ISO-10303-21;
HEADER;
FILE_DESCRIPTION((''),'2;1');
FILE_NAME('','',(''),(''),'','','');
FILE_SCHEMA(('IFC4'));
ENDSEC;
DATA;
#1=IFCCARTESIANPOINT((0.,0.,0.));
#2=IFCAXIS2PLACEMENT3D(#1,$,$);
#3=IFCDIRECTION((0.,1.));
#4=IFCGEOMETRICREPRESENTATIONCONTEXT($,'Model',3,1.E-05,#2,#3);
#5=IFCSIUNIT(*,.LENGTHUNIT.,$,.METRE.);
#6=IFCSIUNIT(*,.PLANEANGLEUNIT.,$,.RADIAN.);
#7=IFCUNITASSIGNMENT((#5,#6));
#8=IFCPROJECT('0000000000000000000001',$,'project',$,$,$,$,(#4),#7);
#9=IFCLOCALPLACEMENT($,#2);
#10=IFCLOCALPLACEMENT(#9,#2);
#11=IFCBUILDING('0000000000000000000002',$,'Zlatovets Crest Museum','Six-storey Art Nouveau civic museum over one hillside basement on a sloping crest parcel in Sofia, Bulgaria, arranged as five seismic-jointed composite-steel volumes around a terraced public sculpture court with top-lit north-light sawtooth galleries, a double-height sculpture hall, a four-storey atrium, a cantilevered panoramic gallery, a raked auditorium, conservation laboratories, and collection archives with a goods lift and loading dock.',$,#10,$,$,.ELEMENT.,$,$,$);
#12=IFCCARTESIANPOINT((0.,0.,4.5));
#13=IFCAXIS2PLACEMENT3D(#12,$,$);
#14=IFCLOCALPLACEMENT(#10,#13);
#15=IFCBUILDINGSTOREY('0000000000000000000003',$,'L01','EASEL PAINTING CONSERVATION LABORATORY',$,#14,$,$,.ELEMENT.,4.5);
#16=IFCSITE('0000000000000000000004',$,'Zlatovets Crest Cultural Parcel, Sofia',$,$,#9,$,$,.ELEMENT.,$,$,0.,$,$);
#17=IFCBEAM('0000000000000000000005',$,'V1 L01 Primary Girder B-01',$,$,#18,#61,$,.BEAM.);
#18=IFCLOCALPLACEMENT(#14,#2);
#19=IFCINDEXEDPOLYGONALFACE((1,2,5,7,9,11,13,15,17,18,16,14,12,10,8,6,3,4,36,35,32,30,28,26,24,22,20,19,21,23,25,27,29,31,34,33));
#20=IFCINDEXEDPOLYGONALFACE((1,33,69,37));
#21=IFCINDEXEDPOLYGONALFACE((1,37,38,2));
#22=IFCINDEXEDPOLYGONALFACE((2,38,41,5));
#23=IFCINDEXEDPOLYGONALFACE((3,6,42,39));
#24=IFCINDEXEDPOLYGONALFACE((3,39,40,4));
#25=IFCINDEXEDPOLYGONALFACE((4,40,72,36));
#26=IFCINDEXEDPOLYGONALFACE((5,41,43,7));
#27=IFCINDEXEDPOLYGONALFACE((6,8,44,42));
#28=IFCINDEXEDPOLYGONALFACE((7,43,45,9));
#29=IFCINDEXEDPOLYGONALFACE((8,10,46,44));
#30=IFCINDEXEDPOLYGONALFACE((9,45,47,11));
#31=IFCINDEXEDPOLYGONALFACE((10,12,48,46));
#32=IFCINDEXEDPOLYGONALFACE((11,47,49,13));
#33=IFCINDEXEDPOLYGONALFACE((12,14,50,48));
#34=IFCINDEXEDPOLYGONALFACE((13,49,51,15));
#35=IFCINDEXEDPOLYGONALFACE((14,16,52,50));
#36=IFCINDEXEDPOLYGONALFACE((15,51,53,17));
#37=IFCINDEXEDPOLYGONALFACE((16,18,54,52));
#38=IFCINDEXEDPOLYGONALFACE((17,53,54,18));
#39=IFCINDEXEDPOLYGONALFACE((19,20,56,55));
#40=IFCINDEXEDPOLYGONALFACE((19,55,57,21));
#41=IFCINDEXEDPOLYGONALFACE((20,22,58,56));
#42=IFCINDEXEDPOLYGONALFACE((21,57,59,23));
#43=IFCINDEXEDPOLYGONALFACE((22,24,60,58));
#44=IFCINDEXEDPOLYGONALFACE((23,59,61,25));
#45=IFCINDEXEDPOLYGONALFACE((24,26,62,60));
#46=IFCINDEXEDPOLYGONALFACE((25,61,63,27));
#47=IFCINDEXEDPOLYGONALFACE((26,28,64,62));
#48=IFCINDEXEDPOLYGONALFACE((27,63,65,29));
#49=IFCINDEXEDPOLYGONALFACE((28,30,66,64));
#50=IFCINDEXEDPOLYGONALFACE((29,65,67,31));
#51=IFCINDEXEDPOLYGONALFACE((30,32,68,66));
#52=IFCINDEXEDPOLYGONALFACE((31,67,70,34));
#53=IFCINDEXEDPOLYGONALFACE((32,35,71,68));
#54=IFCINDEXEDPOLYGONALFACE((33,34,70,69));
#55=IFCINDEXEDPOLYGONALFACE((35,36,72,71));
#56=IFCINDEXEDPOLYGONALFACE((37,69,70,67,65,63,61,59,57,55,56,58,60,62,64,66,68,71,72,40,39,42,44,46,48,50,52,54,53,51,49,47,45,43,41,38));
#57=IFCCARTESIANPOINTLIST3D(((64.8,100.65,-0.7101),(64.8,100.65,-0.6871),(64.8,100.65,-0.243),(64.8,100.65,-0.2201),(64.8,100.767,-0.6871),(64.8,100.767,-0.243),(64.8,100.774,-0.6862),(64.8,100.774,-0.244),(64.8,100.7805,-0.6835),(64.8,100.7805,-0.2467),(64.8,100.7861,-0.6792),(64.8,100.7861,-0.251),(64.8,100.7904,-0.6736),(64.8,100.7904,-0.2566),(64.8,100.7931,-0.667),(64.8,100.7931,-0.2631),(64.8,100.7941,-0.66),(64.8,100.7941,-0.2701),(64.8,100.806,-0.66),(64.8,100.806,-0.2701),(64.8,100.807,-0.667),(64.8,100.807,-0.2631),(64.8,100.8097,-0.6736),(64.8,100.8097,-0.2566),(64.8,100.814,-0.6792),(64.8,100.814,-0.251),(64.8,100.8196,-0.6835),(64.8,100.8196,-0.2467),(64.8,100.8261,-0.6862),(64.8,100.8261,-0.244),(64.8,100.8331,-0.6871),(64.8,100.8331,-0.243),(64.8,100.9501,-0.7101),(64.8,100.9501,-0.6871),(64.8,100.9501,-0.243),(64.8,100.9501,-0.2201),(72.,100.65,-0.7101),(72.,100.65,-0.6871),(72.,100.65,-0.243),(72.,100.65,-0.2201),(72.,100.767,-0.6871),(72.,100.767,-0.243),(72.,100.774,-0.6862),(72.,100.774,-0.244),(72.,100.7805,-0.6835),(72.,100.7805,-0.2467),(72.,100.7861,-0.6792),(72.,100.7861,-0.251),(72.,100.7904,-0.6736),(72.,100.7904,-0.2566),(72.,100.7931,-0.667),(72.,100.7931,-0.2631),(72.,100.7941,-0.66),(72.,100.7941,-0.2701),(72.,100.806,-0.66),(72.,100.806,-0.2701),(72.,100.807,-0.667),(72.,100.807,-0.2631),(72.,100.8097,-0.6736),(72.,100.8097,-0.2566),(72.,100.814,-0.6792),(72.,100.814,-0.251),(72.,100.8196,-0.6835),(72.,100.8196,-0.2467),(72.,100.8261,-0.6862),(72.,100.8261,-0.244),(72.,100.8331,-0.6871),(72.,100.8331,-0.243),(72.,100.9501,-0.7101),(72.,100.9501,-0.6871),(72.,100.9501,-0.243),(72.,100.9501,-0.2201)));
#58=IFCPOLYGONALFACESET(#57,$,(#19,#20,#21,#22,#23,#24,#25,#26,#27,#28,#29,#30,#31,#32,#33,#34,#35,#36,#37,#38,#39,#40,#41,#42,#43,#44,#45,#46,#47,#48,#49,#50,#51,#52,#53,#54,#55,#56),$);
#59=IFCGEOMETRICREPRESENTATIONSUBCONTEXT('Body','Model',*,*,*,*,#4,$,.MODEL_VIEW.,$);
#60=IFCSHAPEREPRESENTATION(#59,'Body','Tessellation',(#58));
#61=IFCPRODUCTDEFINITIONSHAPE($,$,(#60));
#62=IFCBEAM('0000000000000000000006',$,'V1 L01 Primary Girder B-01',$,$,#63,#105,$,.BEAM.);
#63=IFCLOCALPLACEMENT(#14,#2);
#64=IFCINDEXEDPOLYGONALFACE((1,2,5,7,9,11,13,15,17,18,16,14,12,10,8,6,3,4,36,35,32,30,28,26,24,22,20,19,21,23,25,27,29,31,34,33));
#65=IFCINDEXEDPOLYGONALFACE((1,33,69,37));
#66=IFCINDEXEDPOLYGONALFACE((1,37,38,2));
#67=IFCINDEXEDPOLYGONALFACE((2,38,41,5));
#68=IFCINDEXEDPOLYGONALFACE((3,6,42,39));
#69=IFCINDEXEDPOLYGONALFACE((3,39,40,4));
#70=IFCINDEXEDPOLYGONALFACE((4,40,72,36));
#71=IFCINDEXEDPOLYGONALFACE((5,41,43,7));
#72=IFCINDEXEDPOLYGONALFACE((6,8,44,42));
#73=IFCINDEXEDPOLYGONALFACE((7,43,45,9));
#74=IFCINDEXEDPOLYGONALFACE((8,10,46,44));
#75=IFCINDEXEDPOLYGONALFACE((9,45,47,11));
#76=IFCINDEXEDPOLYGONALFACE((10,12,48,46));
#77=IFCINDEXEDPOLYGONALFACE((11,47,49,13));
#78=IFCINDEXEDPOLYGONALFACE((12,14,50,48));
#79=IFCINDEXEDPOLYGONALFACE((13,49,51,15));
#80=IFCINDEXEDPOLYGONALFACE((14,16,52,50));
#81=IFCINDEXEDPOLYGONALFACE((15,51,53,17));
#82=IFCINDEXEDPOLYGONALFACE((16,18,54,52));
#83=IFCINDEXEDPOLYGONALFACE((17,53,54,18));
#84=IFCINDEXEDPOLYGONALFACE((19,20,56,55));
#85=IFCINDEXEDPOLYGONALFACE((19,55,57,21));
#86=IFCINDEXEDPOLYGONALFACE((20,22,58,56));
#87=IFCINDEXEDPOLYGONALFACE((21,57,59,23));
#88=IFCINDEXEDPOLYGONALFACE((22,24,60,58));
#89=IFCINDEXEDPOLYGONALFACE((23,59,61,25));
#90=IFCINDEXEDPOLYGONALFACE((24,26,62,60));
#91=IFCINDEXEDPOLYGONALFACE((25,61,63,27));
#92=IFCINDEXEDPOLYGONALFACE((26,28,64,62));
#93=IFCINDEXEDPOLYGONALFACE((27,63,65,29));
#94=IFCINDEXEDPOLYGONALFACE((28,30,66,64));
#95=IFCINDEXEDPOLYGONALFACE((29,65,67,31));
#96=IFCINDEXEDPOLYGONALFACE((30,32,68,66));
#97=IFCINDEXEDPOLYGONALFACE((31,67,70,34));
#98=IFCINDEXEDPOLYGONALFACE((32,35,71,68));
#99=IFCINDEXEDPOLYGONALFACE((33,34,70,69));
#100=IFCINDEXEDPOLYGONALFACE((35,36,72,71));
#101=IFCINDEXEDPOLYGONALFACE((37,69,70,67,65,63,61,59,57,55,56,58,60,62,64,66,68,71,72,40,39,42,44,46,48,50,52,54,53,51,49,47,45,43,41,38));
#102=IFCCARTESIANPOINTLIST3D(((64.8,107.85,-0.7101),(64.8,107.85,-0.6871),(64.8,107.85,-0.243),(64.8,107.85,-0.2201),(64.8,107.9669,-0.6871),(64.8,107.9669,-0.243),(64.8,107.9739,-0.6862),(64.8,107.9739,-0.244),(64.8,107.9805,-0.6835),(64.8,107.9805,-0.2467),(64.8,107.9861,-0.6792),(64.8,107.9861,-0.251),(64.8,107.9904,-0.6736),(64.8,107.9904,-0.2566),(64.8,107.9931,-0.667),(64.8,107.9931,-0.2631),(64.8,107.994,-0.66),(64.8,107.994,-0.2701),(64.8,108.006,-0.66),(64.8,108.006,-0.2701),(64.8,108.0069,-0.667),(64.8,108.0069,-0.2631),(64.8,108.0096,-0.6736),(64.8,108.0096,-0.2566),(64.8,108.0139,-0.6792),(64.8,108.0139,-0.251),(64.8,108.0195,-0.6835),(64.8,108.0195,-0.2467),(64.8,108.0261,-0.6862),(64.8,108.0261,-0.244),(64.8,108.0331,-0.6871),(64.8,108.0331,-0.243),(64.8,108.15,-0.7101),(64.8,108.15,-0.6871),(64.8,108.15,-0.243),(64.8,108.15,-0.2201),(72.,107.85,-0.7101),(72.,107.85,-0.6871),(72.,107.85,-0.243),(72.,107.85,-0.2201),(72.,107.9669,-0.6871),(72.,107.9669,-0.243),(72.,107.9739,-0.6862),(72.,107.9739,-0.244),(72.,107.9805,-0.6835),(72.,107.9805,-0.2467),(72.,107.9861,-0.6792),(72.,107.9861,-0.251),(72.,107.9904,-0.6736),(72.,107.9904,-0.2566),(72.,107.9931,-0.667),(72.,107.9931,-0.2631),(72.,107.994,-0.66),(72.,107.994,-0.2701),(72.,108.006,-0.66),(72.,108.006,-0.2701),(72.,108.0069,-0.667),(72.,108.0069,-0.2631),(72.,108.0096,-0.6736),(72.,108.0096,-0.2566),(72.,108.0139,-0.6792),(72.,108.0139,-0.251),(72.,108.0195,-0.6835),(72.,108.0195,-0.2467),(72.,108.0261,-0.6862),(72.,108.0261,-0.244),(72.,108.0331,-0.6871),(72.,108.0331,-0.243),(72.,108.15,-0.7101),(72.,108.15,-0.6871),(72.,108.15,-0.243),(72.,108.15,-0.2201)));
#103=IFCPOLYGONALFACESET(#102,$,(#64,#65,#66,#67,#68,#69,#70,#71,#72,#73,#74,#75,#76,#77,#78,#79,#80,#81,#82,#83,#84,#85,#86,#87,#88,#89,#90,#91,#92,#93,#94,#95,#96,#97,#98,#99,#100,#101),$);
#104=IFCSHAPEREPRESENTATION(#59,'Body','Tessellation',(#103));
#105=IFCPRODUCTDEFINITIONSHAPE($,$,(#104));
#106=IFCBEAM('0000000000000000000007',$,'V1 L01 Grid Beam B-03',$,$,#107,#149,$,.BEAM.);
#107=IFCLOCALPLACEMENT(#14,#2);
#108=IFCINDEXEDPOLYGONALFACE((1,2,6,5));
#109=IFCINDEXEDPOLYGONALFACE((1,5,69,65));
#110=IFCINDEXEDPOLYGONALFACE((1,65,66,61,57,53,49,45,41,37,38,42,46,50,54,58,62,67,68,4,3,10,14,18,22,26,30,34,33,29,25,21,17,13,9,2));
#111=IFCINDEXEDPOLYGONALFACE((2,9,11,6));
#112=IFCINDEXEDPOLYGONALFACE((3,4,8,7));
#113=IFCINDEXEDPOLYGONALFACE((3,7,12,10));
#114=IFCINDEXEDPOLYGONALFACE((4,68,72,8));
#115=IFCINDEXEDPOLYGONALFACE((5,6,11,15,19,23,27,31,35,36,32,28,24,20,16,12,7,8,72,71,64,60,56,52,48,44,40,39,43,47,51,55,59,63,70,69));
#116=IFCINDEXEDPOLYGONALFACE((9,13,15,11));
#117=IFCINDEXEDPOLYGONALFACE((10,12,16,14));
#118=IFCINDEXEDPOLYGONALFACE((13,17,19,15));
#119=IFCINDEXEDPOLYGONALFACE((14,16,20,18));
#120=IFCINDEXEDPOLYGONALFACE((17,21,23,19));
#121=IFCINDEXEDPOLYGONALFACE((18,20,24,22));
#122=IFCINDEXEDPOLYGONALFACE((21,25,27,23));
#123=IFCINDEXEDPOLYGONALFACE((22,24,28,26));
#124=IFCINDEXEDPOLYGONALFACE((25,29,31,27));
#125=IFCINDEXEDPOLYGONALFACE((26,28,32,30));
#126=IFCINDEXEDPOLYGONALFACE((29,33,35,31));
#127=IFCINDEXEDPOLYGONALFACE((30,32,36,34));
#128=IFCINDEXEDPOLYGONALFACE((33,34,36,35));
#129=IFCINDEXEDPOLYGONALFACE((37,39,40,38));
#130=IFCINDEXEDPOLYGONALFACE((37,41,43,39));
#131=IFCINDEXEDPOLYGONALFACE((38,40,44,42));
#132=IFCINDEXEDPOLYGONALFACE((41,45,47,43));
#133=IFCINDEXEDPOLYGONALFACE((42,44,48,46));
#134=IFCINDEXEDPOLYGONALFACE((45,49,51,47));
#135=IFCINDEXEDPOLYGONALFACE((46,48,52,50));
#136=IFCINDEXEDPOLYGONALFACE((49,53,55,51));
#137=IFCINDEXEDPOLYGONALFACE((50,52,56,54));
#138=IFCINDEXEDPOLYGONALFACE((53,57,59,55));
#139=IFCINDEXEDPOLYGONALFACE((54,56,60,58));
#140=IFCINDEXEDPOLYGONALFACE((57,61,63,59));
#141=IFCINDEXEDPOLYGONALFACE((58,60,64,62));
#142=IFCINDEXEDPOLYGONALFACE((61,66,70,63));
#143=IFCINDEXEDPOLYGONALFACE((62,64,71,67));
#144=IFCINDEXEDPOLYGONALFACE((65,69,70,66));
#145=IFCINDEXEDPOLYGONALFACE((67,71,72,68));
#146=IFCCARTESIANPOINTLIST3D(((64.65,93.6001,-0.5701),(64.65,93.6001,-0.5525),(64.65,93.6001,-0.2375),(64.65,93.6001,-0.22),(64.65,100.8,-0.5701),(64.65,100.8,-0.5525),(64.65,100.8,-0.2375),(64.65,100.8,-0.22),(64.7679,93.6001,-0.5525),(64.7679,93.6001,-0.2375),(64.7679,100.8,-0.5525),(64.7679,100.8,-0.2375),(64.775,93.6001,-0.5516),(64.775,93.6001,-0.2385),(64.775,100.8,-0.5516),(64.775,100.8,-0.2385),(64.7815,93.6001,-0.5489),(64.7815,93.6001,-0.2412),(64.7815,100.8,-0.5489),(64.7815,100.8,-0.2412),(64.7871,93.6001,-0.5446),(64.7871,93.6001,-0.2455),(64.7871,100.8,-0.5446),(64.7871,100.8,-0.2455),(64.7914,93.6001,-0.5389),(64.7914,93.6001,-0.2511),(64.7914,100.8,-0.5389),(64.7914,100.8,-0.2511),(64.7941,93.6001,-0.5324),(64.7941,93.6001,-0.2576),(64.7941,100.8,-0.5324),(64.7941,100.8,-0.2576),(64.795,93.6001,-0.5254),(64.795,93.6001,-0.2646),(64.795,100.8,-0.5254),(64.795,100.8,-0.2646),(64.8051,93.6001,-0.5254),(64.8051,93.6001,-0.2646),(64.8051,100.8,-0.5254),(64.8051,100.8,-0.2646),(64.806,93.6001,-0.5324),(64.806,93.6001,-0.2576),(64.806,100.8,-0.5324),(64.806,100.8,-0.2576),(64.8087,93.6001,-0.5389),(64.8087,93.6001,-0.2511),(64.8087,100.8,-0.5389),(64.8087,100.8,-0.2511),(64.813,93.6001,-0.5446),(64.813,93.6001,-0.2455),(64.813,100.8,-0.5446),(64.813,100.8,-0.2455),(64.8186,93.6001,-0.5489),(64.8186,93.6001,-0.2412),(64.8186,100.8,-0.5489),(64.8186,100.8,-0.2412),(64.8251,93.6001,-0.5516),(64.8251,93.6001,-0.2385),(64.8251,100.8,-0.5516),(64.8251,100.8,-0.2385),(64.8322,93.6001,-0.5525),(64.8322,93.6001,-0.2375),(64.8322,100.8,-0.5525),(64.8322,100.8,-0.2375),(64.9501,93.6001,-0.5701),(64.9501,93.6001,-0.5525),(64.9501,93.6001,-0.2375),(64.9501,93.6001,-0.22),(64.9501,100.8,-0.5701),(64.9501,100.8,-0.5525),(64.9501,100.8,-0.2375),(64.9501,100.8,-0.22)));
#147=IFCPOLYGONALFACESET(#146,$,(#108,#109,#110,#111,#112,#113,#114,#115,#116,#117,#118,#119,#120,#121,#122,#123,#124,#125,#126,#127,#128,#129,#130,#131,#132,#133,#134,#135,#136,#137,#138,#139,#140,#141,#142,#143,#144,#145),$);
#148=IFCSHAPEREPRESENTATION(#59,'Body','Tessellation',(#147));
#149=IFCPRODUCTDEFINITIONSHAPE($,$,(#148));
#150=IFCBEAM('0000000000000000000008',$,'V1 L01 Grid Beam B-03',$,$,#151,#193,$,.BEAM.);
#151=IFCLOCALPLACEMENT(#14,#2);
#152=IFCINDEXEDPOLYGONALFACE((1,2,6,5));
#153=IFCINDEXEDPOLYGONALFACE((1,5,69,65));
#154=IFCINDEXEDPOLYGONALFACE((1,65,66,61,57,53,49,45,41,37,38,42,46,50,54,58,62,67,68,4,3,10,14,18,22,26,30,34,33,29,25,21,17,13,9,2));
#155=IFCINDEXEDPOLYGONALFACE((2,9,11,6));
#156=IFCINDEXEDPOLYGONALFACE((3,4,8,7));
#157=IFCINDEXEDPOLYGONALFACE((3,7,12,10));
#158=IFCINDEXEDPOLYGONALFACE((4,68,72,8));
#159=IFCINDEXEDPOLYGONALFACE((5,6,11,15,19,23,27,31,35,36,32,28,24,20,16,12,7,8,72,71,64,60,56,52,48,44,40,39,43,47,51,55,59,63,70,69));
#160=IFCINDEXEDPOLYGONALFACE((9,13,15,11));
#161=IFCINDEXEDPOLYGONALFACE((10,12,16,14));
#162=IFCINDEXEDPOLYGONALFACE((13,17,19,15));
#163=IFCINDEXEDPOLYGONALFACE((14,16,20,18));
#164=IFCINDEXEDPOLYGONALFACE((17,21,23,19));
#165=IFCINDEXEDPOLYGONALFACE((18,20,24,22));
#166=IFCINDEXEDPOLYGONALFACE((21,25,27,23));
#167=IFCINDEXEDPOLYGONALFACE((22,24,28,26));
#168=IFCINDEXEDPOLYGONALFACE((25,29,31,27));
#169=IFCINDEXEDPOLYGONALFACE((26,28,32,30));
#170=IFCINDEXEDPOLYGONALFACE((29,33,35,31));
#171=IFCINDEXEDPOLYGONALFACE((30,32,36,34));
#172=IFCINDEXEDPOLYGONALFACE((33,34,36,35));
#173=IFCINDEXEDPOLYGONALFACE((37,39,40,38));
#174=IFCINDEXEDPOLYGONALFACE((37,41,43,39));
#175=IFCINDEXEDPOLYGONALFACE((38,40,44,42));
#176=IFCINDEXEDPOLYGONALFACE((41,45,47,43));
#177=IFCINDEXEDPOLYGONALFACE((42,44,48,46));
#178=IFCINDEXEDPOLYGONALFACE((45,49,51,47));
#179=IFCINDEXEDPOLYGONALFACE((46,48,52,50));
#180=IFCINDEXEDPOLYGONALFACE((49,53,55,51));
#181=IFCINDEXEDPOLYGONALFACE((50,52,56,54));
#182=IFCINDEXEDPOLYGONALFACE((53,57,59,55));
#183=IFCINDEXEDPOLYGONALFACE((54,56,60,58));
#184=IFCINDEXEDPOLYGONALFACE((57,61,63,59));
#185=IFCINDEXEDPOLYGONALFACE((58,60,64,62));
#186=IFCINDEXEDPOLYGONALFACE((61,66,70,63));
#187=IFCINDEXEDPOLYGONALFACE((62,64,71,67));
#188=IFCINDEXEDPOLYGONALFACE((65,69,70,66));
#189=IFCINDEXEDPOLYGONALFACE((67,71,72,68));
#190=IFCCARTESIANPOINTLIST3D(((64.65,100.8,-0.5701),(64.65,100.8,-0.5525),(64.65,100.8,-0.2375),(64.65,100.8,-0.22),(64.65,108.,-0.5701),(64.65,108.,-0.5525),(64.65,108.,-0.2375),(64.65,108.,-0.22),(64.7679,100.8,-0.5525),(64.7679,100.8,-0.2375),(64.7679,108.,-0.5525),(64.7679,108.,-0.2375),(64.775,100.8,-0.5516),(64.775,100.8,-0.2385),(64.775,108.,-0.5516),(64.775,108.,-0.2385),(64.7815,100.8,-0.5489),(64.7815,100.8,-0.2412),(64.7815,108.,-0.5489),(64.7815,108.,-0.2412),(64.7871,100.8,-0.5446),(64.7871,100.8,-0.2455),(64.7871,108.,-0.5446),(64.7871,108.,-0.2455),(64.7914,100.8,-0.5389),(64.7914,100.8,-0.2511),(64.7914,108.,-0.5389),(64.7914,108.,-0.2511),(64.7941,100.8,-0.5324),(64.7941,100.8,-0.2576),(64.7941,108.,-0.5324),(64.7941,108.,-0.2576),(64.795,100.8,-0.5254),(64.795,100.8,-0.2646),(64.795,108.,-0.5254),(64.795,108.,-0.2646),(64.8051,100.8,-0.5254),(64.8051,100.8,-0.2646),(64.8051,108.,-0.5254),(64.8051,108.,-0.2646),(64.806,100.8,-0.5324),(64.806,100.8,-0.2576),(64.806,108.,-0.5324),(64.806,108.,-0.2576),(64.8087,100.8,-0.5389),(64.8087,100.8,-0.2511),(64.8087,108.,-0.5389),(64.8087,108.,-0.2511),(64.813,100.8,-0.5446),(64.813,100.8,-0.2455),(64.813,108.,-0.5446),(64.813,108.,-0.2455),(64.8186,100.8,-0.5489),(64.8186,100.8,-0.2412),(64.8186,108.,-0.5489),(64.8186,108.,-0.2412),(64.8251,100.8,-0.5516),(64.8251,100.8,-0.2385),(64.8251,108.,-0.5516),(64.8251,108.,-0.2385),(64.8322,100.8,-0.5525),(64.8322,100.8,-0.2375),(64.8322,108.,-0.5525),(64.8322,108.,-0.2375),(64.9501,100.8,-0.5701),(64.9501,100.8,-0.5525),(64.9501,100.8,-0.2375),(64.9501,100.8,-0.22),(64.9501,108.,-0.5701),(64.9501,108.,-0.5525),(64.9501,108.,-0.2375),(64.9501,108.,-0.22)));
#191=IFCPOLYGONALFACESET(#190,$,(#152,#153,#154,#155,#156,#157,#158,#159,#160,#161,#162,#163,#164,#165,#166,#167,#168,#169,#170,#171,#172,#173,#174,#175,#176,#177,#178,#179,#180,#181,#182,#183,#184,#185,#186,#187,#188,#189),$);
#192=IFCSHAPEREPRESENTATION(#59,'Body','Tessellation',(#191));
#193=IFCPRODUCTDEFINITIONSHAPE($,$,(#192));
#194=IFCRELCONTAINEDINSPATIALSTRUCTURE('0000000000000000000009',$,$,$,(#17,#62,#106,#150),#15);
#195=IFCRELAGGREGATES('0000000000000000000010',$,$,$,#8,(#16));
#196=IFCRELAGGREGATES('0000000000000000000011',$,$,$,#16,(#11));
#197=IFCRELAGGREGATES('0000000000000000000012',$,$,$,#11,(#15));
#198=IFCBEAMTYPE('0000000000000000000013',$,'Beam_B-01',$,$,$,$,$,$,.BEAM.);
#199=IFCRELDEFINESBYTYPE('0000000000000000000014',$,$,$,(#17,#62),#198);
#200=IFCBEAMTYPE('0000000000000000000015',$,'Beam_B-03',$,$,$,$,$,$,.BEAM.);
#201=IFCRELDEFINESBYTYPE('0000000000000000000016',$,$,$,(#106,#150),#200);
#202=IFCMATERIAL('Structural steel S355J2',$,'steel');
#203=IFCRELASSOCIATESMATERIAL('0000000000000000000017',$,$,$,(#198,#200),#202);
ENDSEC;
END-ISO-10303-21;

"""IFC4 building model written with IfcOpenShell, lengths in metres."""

from ifc_helpers import new_model, si_unit, direction, frame, origin, origin_2d, place, context, subcontext, project, spatial, i_section, extrude, material, material_profile, profile_set, type_object, element, save


model = new_model("IFC4")

# Units and contexts
model_context = context("Model", 3, precision=1e-05, world=origin(), true_north=direction((0.0, 1.0)))
body_context = subcontext(model_context, "Body", "Model", "MODEL_VIEW")
ifc_project = project(units=[si_unit("LENGTHUNIT", "METRE"), si_unit("PLANEANGLEUNIT", "RADIAN")], contexts=[model_context])

# Site, building, storey
site_placement = place(None, origin())
site = spatial("IfcSite", under=ifc_project, at=site_placement, Name="Zlatovets Crest Cultural Parcel, Sofia", CompositionType="ELEMENT", RefElevation=0.0)
building_placement = place(site_placement, origin())
building = spatial("IfcBuilding", under=site, at=building_placement, Name="Zlatovets Crest Museum", Description="Six-storey Art Nouveau civic museum over one hillside basement on a sloping crest parcel in Sofia, Bulgaria, arranged as five seismic-jointed composite-steel volumes around a terraced public sculpture court with top-lit north-light sawtooth galleries, a double-height sculpture hall, a four-storey atrium, a cantilevered panoramic gallery, a raked auditorium, conservation laboratories, and collection archives with a goods lift and loading dock.", CompositionType="ELEMENT")
storey_placement = place(building_placement, frame((0.0, 0.0, 4.5)))
storey = spatial("IfcBuildingStorey", under=building, at=storey_placement, Name="L01", Description="EASEL PAINTING CONSERVATION LABORATORY", CompositionType="ELEMENT", Elevation=4.5)

# Shared definitions
ifc_material_1 = material(Name="Structural steel S355J2", Category="steel")

# Beams
ifc_material_profile_1 = material_profile(ifc_material_1, i_section(OverallWidth=0.3, OverallDepth=0.49, WebThickness=0.012, FlangeThickness=0.0229, FilletRadius=0.0271, at=origin_2d()), Name="HEA 500")
ifc_profile_set_1 = profile_set([ifc_material_profile_1], Name="Structural steel S355J2")
beam_type_1 = type_object("IfcBeamType", Name="Beam_B-01", PredefinedType="BEAM", material=ifc_profile_set_1)
for number, where, z_axis, x_axis, name in (
    (1, (64.8, 100.8, -0.4651), (1.0, 0.0, 0.0), (0.0, 1.0, 0.0), "V1 L01 Primary Girder B-01"),
    (2, (64.8, 108.0, -0.4651), (1.0, 0.0, 0.0), (0.0, 1.0, 0.0), "V1 L01 Primary Girder B-01"),
):
    element("IfcBeam", number, at=place(storey_placement, frame(where, z_axis=z_axis, x_axis=x_axis)), inside=storey, type_object=beam_type_1, Name=name, PredefinedType="BEAM", context=body_context, shape_type="SweptSolid", body=[
        extrude(i_section(OverallWidth=0.3, OverallDepth=0.49, WebThickness=0.012, FlangeThickness=0.0229, FilletRadius=0.0271, at=origin_2d()), origin(), (0.0, 0.0, 1.0), 7.2),
    ])
ifc_material_profile_2 = material_profile(ifc_material_1, i_section(OverallWidth=0.3, OverallDepth=0.3501, WebThickness=0.01, FlangeThickness=0.0176, FilletRadius=0.0271, at=origin_2d()), Name="HEA 360")
ifc_profile_set_2 = profile_set([ifc_material_profile_2], Name="Structural steel S355J2")
beam_type_2 = type_object("IfcBeamType", Name="Beam_B-03", PredefinedType="BEAM", material=ifc_profile_set_2)
for number, where, z_axis, x_axis, name in (
    (3, (64.8, 93.6001, -0.395), (0.0, 1.0, 0.0), (-1.0, 0.0, 0.0), "V1 L01 Grid Beam B-03"),
    (4, (64.8, 100.8, -0.395), (0.0, 1.0, 0.0), (-1.0, 0.0, 0.0), "V1 L01 Grid Beam B-03"),
):
    element("IfcBeam", number, at=place(storey_placement, frame(where, z_axis=z_axis, x_axis=x_axis)), inside=storey, type_object=beam_type_2, Name=name, PredefinedType="BEAM", context=body_context, shape_type="SweptSolid", body=[
        extrude(i_section(OverallWidth=0.3, OverallDepth=0.3501, WebThickness=0.01, FlangeThickness=0.0176, FilletRadius=0.0271, at=origin_2d()), origin(), (0.0, 0.0, 1.0), 7.2),
    ])

save(model, "model.ifc")
